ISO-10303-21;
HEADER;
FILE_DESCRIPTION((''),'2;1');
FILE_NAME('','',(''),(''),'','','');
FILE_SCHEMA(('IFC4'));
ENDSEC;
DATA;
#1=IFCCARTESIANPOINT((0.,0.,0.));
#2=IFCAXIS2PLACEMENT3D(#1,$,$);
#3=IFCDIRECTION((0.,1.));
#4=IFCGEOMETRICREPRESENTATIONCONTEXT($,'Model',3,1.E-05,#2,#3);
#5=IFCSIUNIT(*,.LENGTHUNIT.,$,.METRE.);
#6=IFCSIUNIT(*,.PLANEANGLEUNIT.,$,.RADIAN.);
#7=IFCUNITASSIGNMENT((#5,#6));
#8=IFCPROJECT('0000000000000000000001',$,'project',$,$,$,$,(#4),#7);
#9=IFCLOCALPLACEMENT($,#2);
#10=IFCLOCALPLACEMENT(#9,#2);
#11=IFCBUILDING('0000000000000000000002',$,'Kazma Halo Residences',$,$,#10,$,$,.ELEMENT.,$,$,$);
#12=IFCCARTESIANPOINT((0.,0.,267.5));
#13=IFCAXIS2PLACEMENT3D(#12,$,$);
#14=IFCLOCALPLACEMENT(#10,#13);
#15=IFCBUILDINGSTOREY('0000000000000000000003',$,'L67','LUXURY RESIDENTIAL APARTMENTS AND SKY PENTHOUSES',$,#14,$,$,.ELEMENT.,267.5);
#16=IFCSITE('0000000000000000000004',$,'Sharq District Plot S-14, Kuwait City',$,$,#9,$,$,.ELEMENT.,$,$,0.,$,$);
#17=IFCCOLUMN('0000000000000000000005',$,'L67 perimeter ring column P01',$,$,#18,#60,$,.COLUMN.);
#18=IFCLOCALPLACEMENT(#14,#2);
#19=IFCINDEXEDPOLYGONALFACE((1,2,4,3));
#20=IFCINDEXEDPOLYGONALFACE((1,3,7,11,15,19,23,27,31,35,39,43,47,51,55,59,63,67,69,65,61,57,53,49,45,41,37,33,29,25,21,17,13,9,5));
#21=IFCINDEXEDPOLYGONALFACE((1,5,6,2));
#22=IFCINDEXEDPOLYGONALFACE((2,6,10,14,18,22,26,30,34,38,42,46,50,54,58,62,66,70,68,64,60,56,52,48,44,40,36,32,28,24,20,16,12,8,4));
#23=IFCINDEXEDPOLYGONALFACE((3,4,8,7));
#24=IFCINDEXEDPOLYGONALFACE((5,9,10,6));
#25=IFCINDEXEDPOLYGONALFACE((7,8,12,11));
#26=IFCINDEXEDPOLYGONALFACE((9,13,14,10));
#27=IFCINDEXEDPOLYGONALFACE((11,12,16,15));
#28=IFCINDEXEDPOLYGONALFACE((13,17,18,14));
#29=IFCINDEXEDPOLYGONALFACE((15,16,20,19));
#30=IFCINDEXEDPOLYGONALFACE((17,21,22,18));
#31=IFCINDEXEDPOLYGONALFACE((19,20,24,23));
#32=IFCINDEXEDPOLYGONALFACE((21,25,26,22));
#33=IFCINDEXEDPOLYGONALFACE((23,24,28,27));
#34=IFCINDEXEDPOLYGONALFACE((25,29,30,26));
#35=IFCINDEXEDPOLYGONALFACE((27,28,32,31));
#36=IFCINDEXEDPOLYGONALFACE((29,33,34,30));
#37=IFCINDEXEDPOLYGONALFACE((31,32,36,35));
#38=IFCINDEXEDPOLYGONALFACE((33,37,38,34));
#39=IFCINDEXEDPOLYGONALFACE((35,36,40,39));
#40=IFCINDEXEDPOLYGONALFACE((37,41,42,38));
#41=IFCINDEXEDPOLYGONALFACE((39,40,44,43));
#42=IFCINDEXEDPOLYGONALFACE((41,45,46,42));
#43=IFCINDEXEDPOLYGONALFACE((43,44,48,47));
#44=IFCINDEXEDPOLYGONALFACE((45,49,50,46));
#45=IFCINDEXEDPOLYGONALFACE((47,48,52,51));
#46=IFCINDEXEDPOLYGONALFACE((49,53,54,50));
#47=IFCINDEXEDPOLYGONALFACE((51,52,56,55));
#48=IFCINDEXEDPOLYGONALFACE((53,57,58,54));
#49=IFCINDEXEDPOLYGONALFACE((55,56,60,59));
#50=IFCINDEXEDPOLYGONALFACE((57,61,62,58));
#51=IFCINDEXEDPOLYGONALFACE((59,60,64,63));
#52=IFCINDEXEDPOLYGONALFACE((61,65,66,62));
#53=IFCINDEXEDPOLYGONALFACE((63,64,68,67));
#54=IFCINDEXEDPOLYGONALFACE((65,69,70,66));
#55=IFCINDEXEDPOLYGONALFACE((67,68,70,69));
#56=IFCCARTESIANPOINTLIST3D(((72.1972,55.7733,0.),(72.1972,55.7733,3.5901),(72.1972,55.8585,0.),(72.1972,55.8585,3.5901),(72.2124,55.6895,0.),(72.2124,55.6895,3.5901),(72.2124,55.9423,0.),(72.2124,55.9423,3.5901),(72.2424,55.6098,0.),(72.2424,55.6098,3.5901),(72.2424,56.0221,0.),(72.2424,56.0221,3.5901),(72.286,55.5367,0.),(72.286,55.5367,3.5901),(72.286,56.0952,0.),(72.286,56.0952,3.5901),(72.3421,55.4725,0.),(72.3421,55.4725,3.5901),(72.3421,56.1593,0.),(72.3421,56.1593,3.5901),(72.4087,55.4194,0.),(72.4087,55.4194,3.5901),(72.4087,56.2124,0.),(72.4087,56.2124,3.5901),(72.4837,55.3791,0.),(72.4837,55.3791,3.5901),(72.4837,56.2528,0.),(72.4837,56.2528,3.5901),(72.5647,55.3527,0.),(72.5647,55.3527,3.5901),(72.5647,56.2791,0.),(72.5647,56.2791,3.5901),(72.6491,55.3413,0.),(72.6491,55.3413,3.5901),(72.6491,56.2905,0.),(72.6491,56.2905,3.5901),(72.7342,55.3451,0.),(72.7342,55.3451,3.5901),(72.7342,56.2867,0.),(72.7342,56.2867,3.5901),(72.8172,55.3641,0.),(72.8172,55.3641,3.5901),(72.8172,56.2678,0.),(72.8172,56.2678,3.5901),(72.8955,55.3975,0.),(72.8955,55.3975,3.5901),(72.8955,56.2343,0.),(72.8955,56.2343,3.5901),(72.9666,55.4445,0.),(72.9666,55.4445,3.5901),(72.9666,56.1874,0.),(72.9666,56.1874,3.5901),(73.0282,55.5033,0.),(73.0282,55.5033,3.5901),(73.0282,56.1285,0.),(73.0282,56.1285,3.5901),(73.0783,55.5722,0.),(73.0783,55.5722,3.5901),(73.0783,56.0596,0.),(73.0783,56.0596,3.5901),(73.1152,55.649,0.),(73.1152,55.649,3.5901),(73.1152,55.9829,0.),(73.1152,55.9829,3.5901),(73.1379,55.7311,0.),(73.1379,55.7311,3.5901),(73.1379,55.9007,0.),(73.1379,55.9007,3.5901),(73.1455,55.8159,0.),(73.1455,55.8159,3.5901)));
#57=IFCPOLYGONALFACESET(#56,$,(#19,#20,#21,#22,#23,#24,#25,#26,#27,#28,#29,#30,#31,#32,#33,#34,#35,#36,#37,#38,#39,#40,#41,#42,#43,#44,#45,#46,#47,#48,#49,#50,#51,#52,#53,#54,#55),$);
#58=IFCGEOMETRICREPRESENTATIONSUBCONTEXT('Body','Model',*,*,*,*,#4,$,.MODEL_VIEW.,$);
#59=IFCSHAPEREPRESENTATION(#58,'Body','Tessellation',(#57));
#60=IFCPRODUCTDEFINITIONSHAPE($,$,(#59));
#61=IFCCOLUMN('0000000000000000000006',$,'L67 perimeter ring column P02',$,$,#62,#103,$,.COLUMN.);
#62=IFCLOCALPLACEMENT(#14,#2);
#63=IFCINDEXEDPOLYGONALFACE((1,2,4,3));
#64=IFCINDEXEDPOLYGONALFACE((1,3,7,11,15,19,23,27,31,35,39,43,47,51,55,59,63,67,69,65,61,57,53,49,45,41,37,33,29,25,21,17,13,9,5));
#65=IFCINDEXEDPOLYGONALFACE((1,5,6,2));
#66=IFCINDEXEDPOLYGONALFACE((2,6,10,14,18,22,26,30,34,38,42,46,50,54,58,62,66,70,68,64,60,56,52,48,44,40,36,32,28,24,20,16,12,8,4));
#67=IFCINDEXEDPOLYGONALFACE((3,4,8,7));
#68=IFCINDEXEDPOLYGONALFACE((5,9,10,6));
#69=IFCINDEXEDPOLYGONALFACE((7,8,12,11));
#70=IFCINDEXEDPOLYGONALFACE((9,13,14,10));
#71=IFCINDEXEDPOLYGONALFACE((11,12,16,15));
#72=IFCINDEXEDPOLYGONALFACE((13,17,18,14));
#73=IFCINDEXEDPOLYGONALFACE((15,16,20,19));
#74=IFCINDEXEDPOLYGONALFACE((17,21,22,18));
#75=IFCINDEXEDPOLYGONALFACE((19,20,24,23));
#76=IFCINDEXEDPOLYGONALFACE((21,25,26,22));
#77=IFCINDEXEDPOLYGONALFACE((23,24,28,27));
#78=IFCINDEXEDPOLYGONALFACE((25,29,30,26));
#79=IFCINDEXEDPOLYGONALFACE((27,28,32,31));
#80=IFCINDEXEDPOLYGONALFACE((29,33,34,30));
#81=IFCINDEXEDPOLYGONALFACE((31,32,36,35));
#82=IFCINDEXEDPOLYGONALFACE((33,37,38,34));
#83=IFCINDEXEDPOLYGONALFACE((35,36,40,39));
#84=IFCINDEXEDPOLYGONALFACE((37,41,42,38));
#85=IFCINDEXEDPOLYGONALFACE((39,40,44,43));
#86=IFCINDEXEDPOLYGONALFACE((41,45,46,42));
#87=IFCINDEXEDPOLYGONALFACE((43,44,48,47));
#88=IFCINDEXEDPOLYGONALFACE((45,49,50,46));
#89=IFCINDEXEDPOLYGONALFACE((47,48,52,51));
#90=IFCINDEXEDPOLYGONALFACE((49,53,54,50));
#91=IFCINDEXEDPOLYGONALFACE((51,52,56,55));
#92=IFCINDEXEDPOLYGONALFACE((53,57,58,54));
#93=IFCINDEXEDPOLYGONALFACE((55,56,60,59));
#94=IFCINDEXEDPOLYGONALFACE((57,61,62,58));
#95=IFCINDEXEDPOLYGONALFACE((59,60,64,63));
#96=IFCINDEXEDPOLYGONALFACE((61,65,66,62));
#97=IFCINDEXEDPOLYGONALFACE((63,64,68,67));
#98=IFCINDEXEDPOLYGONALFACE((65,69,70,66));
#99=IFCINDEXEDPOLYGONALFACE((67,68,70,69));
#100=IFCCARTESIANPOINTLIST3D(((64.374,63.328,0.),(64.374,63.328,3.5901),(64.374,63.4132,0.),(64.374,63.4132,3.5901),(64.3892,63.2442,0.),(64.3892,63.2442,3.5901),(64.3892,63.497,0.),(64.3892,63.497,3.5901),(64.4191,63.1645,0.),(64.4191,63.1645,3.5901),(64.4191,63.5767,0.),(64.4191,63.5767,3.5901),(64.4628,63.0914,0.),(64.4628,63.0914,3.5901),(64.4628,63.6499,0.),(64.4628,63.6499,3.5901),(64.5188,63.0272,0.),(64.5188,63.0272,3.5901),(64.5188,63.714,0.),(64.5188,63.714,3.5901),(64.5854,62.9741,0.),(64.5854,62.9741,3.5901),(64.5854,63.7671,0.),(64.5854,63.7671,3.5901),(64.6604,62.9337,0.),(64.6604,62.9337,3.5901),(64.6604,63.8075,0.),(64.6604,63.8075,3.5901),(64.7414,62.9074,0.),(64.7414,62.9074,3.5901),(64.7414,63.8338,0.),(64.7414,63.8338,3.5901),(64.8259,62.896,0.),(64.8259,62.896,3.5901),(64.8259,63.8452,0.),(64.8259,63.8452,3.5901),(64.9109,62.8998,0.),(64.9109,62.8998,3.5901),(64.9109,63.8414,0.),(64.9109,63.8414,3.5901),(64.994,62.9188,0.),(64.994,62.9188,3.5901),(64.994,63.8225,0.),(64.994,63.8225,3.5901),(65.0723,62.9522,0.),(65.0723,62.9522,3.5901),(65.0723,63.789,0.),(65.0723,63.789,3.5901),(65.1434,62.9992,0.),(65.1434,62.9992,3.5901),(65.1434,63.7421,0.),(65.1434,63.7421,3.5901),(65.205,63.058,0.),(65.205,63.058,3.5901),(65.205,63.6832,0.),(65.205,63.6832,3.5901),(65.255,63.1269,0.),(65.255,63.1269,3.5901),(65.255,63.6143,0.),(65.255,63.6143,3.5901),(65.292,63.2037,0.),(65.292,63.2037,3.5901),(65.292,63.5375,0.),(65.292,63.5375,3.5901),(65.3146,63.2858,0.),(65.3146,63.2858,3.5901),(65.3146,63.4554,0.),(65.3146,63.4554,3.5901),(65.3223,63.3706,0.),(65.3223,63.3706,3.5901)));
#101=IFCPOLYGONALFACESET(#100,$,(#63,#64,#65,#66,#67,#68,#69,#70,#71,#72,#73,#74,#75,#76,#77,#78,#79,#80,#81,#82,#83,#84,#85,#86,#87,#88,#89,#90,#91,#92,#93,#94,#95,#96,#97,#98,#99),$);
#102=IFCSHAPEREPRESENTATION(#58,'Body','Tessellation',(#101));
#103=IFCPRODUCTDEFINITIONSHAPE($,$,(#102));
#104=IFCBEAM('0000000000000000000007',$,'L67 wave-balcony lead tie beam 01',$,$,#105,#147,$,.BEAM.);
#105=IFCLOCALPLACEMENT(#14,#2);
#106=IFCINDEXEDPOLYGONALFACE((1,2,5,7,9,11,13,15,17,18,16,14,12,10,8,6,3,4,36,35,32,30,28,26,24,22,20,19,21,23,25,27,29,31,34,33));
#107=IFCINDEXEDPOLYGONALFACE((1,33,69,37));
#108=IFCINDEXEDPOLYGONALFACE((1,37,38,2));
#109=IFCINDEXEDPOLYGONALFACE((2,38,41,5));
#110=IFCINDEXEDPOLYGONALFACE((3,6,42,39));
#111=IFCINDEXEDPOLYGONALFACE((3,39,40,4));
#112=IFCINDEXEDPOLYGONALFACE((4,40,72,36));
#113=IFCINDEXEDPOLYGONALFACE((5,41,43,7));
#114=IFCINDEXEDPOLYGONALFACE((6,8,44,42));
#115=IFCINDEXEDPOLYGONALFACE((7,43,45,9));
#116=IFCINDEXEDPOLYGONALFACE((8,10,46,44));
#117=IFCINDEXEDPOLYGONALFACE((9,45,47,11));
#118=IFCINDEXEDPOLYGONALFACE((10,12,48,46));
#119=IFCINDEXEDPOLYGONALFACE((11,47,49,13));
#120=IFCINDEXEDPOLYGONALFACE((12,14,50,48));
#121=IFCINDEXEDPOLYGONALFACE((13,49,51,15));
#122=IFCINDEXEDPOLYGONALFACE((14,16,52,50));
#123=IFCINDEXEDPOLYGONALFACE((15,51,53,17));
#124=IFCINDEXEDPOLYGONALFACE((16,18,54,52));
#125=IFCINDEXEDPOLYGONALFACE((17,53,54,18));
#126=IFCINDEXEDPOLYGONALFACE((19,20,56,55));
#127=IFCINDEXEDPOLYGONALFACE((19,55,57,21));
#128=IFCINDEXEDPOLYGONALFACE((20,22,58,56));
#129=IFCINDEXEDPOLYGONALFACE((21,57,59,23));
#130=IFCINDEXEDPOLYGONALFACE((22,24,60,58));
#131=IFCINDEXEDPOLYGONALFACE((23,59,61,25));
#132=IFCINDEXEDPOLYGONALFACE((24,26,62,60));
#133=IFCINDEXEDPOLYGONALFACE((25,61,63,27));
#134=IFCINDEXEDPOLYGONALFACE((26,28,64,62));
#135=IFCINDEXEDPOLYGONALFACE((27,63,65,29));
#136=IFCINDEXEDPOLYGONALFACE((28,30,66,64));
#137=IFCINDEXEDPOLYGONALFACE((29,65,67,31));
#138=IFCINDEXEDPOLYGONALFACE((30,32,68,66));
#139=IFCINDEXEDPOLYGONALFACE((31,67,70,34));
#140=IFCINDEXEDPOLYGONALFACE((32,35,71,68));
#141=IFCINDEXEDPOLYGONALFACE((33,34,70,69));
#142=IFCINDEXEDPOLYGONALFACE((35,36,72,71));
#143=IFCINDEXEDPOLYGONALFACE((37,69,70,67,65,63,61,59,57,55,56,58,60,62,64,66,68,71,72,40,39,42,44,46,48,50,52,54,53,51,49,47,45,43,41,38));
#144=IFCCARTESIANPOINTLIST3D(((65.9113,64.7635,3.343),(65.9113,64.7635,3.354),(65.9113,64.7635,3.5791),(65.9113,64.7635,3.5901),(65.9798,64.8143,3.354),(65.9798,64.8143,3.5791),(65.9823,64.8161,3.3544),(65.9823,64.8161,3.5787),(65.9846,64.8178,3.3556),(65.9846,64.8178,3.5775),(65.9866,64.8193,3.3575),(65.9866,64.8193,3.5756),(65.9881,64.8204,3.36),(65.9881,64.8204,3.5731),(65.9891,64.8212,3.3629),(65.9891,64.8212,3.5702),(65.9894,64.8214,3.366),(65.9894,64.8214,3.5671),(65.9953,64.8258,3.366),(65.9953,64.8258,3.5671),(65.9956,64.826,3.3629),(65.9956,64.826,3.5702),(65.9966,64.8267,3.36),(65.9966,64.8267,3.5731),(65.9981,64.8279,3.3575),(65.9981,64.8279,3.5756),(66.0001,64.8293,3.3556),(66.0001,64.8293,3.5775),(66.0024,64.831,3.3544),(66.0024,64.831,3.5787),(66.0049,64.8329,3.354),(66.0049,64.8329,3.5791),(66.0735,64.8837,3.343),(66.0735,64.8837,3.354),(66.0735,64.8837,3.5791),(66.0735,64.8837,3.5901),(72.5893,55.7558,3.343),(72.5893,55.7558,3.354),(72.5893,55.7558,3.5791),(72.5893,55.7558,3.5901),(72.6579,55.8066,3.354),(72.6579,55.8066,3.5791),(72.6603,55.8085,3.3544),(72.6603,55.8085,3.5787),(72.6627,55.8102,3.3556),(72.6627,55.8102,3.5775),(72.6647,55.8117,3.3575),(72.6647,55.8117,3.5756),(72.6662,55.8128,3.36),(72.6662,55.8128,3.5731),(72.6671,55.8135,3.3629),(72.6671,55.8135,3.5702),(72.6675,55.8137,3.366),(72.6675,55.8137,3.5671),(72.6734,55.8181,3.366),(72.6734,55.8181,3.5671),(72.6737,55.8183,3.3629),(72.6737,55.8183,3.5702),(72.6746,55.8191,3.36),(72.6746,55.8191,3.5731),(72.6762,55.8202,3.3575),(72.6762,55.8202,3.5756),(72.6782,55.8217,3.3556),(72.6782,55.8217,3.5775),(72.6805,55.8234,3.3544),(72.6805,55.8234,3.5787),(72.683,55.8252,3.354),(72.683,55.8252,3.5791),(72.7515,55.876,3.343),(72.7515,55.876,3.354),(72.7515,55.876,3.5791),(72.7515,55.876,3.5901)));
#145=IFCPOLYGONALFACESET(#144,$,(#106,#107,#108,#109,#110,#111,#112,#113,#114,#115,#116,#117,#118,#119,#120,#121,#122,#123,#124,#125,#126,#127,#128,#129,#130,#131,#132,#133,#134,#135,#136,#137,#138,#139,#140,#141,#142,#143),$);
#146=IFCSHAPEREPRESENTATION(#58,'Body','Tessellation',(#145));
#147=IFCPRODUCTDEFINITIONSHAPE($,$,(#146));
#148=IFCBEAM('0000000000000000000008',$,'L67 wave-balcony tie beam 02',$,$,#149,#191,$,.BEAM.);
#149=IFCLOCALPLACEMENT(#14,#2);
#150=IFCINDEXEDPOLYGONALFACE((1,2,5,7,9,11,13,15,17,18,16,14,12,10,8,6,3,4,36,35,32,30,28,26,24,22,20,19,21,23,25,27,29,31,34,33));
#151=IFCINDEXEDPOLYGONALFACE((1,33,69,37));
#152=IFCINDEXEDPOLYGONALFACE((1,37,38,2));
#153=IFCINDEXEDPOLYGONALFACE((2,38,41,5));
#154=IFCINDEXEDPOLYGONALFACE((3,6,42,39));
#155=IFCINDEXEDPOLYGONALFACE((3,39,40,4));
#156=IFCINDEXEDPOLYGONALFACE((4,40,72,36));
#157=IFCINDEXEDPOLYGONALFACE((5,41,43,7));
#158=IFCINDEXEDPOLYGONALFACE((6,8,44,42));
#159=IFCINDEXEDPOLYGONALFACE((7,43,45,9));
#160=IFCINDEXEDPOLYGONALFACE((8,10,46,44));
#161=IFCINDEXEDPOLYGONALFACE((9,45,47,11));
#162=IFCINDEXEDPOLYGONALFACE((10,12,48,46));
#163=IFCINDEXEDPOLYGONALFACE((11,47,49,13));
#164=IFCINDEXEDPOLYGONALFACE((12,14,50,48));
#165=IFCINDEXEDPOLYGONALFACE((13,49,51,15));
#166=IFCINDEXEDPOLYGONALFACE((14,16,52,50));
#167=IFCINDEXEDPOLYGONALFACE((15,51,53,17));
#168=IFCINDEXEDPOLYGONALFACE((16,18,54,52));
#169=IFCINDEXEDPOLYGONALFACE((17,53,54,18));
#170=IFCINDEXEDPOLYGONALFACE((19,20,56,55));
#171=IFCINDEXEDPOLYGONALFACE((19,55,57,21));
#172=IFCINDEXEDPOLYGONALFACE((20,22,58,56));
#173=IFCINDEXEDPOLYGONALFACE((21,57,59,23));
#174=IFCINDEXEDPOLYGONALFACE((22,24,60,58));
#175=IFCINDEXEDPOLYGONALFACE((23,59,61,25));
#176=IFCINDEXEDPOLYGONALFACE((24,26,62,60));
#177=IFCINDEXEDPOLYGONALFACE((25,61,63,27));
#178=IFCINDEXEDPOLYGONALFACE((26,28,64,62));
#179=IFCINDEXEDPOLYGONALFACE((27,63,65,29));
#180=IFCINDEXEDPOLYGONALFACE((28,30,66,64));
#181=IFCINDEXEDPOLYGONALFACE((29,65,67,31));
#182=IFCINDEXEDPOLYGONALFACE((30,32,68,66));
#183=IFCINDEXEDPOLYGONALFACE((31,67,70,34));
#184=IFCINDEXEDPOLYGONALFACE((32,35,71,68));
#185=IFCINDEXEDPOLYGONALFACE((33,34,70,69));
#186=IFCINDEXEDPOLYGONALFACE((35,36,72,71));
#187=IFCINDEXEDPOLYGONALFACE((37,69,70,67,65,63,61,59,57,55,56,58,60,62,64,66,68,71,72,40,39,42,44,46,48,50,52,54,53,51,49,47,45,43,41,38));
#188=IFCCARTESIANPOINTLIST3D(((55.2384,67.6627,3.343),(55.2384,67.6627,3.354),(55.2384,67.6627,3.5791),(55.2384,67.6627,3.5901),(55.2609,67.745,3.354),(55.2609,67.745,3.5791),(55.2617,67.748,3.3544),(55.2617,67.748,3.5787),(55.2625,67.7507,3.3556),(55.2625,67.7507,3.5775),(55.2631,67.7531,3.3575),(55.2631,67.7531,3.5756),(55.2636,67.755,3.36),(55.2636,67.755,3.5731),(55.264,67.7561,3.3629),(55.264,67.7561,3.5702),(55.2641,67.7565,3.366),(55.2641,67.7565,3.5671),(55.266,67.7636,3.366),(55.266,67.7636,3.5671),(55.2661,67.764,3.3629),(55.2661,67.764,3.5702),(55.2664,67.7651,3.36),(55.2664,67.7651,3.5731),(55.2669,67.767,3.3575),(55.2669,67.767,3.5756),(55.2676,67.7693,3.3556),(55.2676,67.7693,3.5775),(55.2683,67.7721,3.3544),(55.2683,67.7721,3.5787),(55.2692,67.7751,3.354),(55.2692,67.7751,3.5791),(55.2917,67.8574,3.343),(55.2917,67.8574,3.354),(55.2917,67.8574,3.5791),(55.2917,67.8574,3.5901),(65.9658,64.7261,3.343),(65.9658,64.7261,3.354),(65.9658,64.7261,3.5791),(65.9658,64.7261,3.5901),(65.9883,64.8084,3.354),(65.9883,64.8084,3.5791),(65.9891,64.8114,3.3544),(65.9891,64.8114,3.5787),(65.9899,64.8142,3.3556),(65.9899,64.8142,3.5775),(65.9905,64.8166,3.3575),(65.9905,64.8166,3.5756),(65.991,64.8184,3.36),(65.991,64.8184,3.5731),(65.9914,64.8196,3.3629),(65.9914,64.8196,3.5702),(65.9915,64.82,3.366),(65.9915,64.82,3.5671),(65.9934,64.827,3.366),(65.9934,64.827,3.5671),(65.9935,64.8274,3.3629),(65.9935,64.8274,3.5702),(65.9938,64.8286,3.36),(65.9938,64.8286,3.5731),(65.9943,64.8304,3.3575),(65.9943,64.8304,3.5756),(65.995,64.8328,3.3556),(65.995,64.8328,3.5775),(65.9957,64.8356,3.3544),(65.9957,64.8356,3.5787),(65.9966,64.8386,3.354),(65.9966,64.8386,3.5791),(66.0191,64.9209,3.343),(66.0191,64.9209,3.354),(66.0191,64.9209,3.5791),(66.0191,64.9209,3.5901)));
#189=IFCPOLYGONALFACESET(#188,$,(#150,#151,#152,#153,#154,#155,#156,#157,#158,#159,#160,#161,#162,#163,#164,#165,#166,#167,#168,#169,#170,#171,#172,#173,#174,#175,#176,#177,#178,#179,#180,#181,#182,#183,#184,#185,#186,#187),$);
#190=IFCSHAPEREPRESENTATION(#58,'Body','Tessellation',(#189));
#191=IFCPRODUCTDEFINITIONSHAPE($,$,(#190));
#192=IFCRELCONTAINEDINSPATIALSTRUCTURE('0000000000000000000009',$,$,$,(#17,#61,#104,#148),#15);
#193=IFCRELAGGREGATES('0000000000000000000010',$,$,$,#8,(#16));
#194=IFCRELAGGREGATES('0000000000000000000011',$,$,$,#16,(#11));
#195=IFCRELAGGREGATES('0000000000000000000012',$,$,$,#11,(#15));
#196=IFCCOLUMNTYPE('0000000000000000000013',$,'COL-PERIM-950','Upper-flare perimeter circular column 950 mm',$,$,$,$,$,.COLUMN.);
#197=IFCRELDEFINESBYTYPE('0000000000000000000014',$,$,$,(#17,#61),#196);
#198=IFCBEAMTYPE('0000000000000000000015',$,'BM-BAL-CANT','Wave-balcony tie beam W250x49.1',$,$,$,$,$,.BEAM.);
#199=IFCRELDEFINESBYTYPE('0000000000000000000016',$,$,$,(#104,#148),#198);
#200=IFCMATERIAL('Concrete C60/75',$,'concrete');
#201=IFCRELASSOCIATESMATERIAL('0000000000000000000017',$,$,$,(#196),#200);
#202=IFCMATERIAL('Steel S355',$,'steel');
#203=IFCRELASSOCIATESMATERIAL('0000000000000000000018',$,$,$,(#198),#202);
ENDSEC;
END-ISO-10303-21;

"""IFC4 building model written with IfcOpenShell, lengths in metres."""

from ifc_helpers import new_model, si_unit, direction, frame, origin, origin_2d, place, context, subcontext, project, spatial, circle, i_section, extrude, material, material_profile, profile_set, type_object, element, save


model = new_model("IFC4")

# Units and contexts
model_context = context("Model", 3, precision=1e-05, world=origin(), true_north=direction((0.0, 1.0)))
body_context = subcontext(model_context, "Body", "Model", "MODEL_VIEW")
ifc_project = project(units=[si_unit("LENGTHUNIT", "METRE"), si_unit("PLANEANGLEUNIT", "RADIAN")], contexts=[model_context])

# Site, building, storey
site_placement = place(None, origin())
site = spatial("IfcSite", under=ifc_project, at=site_placement, Name="Sharq District Plot S-14, Kuwait City", CompositionType="ELEMENT", RefElevation=0.0)
building_placement = place(site_placement, origin())
building = spatial("IfcBuilding", under=site, at=building_placement, Name="Kazma Halo Residences", CompositionType="ELEMENT")
storey_placement = place(building_placement, frame((0.0, 0.0, 267.5)))
storey = spatial("IfcBuildingStorey", under=building, at=storey_placement, Name="L67", Description="LUXURY RESIDENTIAL APARTMENTS AND SKY PENTHOUSES", CompositionType="ELEMENT", Elevation=267.5)

# Columns
ifc_material_1 = material(Name="Concrete C60/75", Category="concrete")
ifc_material_profile_1 = material_profile(ifc_material_1, circle(Radius=0.4751, at=origin_2d()), Name="CIRC950")
ifc_profile_set_1 = profile_set([ifc_material_profile_1], Name="Concrete C60/75")
column_type = type_object("IfcColumnType", Name="COL-PERIM-950", Description="Upper-flare perimeter circular column 950 mm", PredefinedType="COLUMN", material=ifc_profile_set_1)
for number, where, z_axis, x_axis, name in (
    (1, (72.6704, 55.8159, 0.0), (0.0, 0.0, 1.0), (1.0, 0.0, 0.0), "L67 perimeter ring column P01"),
    (2, (64.8472, 63.3706, 0.0), (0.0, 0.0, 1.0), (1.0, 0.0, 0.0), "L67 perimeter ring column P02"),
):
    element("IfcColumn", number, at=place(storey_placement, frame(where, z_axis=z_axis, x_axis=x_axis)), inside=storey, type_object=column_type, Name=name, PredefinedType="COLUMN", context=body_context, shape_type="SweptSolid", body=[
        extrude(circle(Radius=0.4751, at=origin_2d()), origin(), (0.0, 0.0, 1.0), 3.5901),
    ])

# Beams
ifc_material_2 = material(Name="Steel S355", Category="steel")
ifc_material_profile_2 = material_profile(ifc_material_2, i_section(OverallWidth=0.2019, OverallDepth=0.2471, WebThickness=0.0073, FlangeThickness=0.011, FilletRadius=0.012, at=origin_2d()), Name="W250x49.1")
ifc_profile_set_2 = profile_set([ifc_material_profile_2], Name="Steel S355")
beam_type_1 = type_object("IfcBeamType", Name="BM-BAL-CANT", Description="Wave-balcony tie beam W250x49.1", PredefinedType="BEAM", material=ifc_profile_set_2)
beam_1_placement = place(storey_placement, frame((72.6704, 55.8159, 3.4666), z_axis=(-0.595556, 0.803314, 0.0), x_axis=(-0.803314, -0.595556, 0.0)))
element("IfcBeam", 3, at=beam_1_placement, inside=storey, type_object=beam_type_1, Name="L67 wave-balcony lead tie beam 01", PredefinedType="BEAM", context=body_context, shape_type="SweptSolid", body=[
    extrude(i_section(OverallWidth=0.2019, OverallDepth=0.2471, WebThickness=0.0073, FlangeThickness=0.011, FilletRadius=0.012, at=origin_2d()), origin(), (0.0, 0.0, 1.0), 11.2131),
])
beam_2_placement = place(storey_placement, frame((65.9924, 64.8235, 3.4666), z_axis=(-0.964515, 0.264029, 0.0), x_axis=(-0.264029, -0.964515, 0.0)))
element("IfcBeam", 4, at=beam_2_placement, inside=storey, type_object=beam_type_1, Name="L67 wave-balcony tie beam 02", PredefinedType="BEAM", context=body_context, shape_type="SweptSolid", body=[
    extrude(i_section(OverallWidth=0.2019, OverallDepth=0.2471, WebThickness=0.0073, FlangeThickness=0.011, FilletRadius=0.012, at=origin_2d()), origin(), (0.0, 0.0, 1.0), 11.1221),
])

save(model, "model.ifc")
